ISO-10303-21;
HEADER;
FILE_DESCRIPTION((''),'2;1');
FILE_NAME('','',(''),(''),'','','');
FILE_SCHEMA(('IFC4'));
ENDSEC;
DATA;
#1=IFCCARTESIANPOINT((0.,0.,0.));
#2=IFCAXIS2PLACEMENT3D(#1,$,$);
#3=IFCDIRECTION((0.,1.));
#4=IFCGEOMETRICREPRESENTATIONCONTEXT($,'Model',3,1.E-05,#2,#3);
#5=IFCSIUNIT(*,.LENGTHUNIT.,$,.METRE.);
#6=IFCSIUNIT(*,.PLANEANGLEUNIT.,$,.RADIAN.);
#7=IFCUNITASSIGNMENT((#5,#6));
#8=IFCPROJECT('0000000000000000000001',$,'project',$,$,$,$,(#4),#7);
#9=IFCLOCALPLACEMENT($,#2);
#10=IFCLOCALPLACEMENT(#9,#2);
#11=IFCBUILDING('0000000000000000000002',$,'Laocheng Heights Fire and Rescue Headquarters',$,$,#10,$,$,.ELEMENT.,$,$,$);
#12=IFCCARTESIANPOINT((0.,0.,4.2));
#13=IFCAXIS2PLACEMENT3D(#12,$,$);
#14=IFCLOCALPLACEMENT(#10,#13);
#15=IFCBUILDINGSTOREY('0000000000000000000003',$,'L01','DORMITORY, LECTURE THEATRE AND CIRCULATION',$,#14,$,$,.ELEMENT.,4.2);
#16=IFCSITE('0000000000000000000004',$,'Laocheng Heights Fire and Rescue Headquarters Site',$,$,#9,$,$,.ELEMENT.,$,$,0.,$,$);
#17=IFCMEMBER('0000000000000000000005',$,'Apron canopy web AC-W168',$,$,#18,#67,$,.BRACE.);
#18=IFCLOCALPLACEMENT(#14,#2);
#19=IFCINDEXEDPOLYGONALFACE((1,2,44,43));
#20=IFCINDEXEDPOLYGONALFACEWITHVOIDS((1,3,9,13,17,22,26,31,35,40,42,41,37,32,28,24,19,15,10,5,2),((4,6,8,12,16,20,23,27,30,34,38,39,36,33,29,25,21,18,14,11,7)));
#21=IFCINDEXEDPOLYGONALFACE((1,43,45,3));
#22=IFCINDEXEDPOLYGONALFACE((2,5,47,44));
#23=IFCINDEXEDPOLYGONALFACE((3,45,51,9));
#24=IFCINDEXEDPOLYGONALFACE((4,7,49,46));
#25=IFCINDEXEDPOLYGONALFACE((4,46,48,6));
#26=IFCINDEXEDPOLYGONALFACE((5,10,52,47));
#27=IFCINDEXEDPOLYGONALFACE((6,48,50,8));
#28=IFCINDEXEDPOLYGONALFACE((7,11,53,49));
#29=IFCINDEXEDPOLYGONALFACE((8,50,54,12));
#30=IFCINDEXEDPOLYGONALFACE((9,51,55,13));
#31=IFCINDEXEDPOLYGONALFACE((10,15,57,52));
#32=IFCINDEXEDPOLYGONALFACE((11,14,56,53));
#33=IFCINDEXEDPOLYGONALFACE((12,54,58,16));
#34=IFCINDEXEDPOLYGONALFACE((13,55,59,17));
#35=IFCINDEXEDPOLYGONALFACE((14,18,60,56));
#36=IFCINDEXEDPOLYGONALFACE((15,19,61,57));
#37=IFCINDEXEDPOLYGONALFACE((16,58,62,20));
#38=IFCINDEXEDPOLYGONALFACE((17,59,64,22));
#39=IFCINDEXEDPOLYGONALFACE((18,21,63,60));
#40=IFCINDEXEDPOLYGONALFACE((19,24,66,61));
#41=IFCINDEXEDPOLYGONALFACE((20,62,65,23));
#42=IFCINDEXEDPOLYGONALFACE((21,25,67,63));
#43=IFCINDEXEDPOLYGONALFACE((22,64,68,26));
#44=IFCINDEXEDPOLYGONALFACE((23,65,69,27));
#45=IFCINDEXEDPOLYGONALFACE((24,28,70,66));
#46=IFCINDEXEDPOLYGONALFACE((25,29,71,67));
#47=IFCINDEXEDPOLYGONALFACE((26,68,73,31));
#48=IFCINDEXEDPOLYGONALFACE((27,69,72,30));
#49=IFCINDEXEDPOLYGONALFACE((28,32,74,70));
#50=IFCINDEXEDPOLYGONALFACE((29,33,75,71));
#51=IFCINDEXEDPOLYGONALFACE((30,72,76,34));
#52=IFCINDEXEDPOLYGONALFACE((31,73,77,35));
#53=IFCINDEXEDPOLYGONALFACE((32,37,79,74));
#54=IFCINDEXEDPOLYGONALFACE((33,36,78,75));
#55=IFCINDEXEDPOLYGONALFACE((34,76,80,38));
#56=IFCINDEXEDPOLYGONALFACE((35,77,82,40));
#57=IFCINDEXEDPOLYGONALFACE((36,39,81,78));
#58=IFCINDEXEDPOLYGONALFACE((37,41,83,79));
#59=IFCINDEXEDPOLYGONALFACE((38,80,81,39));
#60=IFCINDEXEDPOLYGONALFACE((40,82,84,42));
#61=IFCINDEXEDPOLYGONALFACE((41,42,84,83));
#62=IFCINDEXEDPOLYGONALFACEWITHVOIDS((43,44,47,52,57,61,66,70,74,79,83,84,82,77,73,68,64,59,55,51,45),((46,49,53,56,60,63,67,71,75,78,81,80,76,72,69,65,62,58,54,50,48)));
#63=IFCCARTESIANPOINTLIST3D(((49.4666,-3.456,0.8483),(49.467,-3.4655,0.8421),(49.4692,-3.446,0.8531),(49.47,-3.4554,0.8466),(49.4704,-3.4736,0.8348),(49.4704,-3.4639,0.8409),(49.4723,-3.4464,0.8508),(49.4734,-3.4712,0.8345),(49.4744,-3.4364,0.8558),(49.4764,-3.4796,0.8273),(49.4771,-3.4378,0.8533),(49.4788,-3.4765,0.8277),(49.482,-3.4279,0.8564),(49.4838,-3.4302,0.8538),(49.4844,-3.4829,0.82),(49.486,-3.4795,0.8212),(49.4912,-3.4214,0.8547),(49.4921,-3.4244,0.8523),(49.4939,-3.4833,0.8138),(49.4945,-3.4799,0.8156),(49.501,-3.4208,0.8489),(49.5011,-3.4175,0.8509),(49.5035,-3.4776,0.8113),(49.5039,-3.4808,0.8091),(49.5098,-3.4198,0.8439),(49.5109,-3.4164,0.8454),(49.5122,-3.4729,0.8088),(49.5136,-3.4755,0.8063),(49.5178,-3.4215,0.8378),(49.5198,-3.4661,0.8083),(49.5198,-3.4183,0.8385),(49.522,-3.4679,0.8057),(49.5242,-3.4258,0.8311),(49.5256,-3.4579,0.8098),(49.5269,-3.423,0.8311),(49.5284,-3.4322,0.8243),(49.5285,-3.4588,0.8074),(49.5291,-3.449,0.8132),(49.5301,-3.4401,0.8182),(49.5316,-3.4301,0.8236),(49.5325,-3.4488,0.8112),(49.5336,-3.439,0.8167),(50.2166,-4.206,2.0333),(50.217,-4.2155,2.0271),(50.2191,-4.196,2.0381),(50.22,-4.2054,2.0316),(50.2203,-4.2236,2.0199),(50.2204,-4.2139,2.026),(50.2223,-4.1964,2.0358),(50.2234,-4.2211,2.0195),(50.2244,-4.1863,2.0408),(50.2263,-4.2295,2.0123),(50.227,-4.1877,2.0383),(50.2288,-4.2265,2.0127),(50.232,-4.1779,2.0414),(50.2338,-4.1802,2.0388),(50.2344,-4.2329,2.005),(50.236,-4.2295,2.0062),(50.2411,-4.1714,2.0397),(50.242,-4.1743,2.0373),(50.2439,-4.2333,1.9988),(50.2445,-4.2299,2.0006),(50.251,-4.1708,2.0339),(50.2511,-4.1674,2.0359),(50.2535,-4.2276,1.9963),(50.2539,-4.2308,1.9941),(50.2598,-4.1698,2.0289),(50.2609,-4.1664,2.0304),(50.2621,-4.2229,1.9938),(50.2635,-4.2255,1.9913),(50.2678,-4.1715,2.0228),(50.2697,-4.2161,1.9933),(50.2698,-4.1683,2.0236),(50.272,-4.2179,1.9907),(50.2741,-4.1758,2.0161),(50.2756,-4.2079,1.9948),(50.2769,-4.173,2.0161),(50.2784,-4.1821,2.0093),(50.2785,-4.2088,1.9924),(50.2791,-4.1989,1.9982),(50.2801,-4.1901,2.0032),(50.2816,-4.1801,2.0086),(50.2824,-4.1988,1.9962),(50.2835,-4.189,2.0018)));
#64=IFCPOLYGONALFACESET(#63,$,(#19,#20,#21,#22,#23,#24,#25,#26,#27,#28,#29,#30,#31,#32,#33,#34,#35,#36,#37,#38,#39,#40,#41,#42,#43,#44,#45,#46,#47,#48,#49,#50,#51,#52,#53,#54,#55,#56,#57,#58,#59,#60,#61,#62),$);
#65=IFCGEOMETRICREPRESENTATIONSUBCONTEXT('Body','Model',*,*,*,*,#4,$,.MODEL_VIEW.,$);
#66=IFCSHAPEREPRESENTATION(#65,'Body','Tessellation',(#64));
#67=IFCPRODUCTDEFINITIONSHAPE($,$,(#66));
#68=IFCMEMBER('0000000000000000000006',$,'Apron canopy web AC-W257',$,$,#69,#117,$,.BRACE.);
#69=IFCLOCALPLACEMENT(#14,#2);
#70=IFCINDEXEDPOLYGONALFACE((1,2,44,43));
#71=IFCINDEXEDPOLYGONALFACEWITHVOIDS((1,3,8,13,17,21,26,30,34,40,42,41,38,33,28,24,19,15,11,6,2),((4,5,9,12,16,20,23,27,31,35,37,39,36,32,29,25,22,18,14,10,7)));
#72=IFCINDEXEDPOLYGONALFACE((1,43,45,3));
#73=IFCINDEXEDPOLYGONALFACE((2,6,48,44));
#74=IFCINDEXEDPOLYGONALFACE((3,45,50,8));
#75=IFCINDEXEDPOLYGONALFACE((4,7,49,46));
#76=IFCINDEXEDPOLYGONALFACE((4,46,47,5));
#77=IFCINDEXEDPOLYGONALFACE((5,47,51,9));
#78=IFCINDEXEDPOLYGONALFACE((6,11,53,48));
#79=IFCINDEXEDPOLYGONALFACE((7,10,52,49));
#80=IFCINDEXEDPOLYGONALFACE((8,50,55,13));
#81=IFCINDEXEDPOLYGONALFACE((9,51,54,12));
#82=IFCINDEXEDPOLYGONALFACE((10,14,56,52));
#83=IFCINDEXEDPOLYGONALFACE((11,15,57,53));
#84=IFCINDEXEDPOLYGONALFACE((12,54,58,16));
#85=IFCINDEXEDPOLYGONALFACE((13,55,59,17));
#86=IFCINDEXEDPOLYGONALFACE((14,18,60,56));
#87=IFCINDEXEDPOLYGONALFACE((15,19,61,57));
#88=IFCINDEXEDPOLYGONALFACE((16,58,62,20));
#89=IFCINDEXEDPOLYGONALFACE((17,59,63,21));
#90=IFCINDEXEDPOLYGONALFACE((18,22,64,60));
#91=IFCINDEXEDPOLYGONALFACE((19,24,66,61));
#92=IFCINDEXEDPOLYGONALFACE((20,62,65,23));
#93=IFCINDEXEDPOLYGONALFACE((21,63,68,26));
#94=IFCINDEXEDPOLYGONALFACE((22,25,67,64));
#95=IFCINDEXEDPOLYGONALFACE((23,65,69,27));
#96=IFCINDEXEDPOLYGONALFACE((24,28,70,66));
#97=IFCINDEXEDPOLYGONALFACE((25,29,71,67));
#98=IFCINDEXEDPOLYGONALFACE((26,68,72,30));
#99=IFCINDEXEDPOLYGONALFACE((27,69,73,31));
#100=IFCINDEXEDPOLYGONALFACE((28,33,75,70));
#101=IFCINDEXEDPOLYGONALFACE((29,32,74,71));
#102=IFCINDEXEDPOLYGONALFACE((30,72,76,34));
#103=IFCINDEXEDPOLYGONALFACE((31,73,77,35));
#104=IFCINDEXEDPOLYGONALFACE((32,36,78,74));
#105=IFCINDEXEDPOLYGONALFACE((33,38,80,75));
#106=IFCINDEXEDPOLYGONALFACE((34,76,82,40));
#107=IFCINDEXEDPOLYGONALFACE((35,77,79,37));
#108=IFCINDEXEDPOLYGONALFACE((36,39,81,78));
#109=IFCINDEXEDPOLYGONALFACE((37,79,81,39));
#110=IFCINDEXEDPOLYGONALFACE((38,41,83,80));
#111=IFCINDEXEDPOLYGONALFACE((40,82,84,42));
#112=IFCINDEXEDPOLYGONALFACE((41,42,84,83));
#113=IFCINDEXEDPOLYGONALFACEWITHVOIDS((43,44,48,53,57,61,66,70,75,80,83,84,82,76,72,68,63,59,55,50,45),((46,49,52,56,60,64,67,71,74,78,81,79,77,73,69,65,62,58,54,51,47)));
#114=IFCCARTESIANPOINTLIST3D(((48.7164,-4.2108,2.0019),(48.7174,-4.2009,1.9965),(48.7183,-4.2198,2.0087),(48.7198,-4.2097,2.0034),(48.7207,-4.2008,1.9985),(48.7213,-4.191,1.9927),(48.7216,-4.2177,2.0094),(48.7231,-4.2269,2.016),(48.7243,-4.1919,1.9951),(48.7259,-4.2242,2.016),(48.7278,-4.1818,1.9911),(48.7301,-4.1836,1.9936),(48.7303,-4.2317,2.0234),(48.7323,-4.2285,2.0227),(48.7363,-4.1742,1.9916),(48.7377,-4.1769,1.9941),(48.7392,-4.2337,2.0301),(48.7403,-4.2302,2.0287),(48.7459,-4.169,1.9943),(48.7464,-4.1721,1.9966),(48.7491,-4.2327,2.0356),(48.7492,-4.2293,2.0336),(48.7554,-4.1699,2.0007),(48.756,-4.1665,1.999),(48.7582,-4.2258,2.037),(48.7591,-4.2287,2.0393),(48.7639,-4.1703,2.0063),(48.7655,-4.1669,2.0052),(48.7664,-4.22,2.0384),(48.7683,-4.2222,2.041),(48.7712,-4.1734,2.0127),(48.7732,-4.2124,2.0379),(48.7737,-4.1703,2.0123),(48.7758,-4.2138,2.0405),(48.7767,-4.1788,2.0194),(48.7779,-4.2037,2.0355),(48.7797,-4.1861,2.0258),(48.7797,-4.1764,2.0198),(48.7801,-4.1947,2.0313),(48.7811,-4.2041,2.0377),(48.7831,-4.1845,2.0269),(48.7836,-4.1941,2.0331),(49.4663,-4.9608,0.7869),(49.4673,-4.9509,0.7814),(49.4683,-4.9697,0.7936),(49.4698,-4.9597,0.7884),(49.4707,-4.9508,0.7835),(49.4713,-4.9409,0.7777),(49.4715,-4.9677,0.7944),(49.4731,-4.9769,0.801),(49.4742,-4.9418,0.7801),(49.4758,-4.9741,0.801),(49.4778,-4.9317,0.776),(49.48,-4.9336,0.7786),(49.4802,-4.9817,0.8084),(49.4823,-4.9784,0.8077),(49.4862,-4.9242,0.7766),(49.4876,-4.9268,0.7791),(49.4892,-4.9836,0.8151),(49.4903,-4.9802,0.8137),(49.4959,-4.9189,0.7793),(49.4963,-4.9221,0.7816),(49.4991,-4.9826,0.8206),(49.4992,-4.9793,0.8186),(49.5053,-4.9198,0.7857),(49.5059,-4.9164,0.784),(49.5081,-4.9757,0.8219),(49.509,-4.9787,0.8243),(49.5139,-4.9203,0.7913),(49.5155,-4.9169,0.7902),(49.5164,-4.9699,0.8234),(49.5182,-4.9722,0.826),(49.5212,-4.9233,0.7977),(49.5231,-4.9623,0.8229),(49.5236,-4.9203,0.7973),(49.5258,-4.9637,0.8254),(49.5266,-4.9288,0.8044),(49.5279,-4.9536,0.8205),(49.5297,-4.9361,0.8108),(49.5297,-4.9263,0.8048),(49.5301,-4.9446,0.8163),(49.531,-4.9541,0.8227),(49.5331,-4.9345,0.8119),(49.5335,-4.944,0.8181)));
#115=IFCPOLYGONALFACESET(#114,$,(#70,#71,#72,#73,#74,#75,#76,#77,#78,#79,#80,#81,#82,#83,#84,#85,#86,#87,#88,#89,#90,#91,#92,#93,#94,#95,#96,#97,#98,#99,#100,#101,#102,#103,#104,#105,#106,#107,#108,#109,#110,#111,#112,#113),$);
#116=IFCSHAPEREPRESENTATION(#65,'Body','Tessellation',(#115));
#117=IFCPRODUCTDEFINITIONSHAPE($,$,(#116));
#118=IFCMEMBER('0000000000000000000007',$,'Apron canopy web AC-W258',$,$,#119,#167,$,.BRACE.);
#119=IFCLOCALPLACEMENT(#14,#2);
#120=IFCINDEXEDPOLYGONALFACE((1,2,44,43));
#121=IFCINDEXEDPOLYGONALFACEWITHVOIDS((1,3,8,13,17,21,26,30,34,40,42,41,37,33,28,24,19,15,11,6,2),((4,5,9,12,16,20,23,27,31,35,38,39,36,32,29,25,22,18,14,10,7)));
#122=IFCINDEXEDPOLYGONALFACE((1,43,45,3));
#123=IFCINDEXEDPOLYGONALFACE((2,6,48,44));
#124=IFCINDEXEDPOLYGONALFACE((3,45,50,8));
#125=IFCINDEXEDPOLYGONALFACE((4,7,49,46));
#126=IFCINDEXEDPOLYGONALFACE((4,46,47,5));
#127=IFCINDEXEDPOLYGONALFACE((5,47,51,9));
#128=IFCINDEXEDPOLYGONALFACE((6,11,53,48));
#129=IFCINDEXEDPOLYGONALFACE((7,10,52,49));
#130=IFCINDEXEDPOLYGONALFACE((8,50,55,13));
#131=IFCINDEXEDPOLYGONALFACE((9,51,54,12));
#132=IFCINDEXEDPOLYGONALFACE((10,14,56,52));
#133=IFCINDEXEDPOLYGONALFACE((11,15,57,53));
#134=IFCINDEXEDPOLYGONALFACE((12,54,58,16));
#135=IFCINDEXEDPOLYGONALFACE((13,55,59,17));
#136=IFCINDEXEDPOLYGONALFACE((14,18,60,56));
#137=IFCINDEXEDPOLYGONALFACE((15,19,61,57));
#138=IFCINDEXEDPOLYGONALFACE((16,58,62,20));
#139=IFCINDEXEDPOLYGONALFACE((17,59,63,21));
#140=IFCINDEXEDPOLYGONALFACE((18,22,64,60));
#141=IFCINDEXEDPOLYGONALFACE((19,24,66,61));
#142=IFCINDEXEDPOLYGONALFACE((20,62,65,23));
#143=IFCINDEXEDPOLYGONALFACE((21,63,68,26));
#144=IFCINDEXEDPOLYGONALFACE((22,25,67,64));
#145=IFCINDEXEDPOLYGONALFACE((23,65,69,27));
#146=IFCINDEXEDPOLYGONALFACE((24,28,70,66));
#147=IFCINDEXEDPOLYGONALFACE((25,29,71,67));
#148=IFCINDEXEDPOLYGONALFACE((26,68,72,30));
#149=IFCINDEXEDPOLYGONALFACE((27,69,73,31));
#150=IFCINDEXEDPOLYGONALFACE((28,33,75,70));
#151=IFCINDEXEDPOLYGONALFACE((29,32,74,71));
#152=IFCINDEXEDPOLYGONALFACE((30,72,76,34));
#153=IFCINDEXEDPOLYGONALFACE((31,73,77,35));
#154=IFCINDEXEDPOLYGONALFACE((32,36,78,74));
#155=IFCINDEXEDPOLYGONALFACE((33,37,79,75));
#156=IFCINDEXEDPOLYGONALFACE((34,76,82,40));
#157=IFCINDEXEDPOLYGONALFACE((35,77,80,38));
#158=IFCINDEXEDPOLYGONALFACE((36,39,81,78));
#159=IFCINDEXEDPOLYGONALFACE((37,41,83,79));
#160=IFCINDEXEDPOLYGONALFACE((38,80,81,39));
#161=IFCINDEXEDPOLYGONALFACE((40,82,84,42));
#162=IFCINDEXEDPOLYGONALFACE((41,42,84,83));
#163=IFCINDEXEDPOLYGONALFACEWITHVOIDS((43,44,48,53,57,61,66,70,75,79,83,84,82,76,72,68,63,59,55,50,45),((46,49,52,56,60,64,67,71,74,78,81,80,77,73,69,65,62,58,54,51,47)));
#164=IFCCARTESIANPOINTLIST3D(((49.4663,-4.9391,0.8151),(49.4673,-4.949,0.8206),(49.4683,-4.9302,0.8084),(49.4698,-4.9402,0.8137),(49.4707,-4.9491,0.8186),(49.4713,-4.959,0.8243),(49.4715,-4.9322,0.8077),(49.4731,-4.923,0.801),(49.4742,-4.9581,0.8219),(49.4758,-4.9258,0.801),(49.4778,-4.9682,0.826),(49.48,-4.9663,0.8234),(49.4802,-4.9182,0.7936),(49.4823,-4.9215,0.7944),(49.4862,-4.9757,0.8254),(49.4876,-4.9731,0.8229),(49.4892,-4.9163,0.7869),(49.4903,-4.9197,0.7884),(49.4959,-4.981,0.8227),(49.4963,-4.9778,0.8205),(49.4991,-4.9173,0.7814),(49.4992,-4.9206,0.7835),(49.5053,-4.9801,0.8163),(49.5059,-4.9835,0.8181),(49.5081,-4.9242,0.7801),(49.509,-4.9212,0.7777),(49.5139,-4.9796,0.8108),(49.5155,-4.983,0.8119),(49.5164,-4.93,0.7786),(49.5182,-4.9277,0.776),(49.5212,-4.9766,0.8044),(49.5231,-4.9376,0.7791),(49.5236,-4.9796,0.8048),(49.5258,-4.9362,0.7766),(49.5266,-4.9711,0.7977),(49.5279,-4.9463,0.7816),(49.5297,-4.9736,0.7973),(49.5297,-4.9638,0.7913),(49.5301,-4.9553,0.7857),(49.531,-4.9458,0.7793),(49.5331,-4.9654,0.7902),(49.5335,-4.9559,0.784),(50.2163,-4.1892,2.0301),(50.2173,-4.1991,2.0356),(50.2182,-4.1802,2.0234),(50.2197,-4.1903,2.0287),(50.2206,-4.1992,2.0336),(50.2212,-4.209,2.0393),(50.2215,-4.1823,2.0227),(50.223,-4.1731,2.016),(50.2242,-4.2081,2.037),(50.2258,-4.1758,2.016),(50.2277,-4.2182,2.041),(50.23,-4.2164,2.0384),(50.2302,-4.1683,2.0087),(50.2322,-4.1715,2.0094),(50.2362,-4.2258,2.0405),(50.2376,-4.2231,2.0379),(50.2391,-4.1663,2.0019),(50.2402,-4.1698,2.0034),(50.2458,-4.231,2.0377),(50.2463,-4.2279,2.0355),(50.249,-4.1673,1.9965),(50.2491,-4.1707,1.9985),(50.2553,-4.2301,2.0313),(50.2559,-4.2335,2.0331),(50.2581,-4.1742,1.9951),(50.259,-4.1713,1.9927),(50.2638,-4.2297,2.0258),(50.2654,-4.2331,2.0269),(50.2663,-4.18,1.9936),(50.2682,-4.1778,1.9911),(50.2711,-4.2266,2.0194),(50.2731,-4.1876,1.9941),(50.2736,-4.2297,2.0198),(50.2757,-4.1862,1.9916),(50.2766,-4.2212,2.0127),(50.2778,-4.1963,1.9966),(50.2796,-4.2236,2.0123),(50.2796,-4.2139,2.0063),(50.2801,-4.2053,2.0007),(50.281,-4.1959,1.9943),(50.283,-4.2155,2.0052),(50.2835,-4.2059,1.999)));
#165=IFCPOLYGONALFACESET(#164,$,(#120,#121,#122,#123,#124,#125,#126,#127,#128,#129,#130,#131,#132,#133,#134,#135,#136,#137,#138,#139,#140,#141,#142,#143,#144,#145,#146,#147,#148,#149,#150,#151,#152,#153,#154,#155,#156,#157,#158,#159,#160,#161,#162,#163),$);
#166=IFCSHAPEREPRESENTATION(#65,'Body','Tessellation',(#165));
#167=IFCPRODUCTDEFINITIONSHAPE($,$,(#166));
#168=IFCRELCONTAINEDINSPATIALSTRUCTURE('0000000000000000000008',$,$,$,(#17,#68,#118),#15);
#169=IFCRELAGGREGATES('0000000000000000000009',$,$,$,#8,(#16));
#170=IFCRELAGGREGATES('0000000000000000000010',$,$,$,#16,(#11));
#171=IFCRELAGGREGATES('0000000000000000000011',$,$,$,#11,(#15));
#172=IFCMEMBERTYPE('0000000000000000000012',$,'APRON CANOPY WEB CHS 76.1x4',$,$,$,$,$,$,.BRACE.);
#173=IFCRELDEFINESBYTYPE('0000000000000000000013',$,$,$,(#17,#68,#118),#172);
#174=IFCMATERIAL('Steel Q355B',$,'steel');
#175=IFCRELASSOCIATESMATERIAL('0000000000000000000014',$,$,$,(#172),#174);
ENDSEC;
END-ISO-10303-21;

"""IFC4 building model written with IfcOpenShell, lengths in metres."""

from ifc_helpers import new_model, si_unit, direction, frame, origin, origin_2d, place, context, subcontext, project, spatial, hollow_circle, extrude, material, material_profile, profile_set, type_object, element, save


model = new_model("IFC4")

# Units and contexts
model_context = context("Model", 3, precision=1e-05, world=origin(), true_north=direction((0.0, 1.0)))
body_context = subcontext(model_context, "Body", "Model", "MODEL_VIEW")
ifc_project = project(units=[si_unit("LENGTHUNIT", "METRE"), si_unit("PLANEANGLEUNIT", "RADIAN")], contexts=[model_context])

# Site, building, storey
site_placement = place(None, origin())
site = spatial("IfcSite", under=ifc_project, at=site_placement, Name="Laocheng Heights Fire and Rescue Headquarters Site", CompositionType="ELEMENT", RefElevation=0.0)
building_placement = place(site_placement, origin())
building = spatial("IfcBuilding", under=site, at=building_placement, Name="Laocheng Heights Fire and Rescue Headquarters", CompositionType="ELEMENT")
storey_placement = place(building_placement, frame((0.0, 0.0, 4.2)))
storey = spatial("IfcBuildingStorey", under=building, at=storey_placement, Name="L01", Description="DORMITORY, LECTURE THEATRE AND CIRCULATION", CompositionType="ELEMENT", Elevation=4.2)

# Members
ifc_material_1 = material(Name="Steel Q355B", Category="steel")
ifc_material_profile_1 = material_profile(ifc_material_1, hollow_circle(Radius=0.0381, WallThickness=0.0039, at=origin_2d()), Name="CHS 76.1x4")
ifc_profile_set_1 = profile_set([ifc_material_profile_1], Name="Steel Q355B")
member_type_1 = type_object("IfcMemberType", Name="APRON CANOPY WEB CHS 76.1x4", PredefinedType="BRACE", material=ifc_profile_set_1)
for number, where, z_axis, x_axis, name in (
    (1, (49.5, -3.45, 0.8311), (0.47158, -0.47158, 0.745134), (0.707107, 0.707107, 0.0), "Apron canopy web AC-W168"),
):
    element("IfcMember", number, at=place(storey_placement, frame(where, z_axis=z_axis, x_axis=x_axis)), inside=storey, type_object=member_type_1, Name=name, PredefinedType="BRACE", context=body_context, shape_type="SweptSolid", body=[
        extrude(hollow_circle(Radius=0.0381, WallThickness=0.0039, at=origin_2d()), origin(), (0.0, 0.0, 1.0), 1.5903),
    ])
for number, where, z_axis, x_axis, name in (
    (2, (49.5, -4.95, 0.801), (-0.465002, 0.465002, 0.753357), (-0.707107, -0.707107, 0.0), "Apron canopy web AC-W257"),
    (3, (49.5, -4.95, 0.801), (0.465002, 0.465002, 0.753357), (-0.707107, 0.707107, 0.0), "Apron canopy web AC-W258"),
):
    element("IfcMember", number, at=place(storey_placement, frame(where, z_axis=z_axis, x_axis=x_axis)), inside=storey, type_object=member_type_1, Name=name, PredefinedType="BRACE", context=body_context, shape_type="SweptSolid", body=[
        extrude(hollow_circle(Radius=0.0381, WallThickness=0.0039, at=origin_2d()), origin(), (0.0, 0.0, 1.0), 1.6128),
    ])

save(model, "model.ifc")
